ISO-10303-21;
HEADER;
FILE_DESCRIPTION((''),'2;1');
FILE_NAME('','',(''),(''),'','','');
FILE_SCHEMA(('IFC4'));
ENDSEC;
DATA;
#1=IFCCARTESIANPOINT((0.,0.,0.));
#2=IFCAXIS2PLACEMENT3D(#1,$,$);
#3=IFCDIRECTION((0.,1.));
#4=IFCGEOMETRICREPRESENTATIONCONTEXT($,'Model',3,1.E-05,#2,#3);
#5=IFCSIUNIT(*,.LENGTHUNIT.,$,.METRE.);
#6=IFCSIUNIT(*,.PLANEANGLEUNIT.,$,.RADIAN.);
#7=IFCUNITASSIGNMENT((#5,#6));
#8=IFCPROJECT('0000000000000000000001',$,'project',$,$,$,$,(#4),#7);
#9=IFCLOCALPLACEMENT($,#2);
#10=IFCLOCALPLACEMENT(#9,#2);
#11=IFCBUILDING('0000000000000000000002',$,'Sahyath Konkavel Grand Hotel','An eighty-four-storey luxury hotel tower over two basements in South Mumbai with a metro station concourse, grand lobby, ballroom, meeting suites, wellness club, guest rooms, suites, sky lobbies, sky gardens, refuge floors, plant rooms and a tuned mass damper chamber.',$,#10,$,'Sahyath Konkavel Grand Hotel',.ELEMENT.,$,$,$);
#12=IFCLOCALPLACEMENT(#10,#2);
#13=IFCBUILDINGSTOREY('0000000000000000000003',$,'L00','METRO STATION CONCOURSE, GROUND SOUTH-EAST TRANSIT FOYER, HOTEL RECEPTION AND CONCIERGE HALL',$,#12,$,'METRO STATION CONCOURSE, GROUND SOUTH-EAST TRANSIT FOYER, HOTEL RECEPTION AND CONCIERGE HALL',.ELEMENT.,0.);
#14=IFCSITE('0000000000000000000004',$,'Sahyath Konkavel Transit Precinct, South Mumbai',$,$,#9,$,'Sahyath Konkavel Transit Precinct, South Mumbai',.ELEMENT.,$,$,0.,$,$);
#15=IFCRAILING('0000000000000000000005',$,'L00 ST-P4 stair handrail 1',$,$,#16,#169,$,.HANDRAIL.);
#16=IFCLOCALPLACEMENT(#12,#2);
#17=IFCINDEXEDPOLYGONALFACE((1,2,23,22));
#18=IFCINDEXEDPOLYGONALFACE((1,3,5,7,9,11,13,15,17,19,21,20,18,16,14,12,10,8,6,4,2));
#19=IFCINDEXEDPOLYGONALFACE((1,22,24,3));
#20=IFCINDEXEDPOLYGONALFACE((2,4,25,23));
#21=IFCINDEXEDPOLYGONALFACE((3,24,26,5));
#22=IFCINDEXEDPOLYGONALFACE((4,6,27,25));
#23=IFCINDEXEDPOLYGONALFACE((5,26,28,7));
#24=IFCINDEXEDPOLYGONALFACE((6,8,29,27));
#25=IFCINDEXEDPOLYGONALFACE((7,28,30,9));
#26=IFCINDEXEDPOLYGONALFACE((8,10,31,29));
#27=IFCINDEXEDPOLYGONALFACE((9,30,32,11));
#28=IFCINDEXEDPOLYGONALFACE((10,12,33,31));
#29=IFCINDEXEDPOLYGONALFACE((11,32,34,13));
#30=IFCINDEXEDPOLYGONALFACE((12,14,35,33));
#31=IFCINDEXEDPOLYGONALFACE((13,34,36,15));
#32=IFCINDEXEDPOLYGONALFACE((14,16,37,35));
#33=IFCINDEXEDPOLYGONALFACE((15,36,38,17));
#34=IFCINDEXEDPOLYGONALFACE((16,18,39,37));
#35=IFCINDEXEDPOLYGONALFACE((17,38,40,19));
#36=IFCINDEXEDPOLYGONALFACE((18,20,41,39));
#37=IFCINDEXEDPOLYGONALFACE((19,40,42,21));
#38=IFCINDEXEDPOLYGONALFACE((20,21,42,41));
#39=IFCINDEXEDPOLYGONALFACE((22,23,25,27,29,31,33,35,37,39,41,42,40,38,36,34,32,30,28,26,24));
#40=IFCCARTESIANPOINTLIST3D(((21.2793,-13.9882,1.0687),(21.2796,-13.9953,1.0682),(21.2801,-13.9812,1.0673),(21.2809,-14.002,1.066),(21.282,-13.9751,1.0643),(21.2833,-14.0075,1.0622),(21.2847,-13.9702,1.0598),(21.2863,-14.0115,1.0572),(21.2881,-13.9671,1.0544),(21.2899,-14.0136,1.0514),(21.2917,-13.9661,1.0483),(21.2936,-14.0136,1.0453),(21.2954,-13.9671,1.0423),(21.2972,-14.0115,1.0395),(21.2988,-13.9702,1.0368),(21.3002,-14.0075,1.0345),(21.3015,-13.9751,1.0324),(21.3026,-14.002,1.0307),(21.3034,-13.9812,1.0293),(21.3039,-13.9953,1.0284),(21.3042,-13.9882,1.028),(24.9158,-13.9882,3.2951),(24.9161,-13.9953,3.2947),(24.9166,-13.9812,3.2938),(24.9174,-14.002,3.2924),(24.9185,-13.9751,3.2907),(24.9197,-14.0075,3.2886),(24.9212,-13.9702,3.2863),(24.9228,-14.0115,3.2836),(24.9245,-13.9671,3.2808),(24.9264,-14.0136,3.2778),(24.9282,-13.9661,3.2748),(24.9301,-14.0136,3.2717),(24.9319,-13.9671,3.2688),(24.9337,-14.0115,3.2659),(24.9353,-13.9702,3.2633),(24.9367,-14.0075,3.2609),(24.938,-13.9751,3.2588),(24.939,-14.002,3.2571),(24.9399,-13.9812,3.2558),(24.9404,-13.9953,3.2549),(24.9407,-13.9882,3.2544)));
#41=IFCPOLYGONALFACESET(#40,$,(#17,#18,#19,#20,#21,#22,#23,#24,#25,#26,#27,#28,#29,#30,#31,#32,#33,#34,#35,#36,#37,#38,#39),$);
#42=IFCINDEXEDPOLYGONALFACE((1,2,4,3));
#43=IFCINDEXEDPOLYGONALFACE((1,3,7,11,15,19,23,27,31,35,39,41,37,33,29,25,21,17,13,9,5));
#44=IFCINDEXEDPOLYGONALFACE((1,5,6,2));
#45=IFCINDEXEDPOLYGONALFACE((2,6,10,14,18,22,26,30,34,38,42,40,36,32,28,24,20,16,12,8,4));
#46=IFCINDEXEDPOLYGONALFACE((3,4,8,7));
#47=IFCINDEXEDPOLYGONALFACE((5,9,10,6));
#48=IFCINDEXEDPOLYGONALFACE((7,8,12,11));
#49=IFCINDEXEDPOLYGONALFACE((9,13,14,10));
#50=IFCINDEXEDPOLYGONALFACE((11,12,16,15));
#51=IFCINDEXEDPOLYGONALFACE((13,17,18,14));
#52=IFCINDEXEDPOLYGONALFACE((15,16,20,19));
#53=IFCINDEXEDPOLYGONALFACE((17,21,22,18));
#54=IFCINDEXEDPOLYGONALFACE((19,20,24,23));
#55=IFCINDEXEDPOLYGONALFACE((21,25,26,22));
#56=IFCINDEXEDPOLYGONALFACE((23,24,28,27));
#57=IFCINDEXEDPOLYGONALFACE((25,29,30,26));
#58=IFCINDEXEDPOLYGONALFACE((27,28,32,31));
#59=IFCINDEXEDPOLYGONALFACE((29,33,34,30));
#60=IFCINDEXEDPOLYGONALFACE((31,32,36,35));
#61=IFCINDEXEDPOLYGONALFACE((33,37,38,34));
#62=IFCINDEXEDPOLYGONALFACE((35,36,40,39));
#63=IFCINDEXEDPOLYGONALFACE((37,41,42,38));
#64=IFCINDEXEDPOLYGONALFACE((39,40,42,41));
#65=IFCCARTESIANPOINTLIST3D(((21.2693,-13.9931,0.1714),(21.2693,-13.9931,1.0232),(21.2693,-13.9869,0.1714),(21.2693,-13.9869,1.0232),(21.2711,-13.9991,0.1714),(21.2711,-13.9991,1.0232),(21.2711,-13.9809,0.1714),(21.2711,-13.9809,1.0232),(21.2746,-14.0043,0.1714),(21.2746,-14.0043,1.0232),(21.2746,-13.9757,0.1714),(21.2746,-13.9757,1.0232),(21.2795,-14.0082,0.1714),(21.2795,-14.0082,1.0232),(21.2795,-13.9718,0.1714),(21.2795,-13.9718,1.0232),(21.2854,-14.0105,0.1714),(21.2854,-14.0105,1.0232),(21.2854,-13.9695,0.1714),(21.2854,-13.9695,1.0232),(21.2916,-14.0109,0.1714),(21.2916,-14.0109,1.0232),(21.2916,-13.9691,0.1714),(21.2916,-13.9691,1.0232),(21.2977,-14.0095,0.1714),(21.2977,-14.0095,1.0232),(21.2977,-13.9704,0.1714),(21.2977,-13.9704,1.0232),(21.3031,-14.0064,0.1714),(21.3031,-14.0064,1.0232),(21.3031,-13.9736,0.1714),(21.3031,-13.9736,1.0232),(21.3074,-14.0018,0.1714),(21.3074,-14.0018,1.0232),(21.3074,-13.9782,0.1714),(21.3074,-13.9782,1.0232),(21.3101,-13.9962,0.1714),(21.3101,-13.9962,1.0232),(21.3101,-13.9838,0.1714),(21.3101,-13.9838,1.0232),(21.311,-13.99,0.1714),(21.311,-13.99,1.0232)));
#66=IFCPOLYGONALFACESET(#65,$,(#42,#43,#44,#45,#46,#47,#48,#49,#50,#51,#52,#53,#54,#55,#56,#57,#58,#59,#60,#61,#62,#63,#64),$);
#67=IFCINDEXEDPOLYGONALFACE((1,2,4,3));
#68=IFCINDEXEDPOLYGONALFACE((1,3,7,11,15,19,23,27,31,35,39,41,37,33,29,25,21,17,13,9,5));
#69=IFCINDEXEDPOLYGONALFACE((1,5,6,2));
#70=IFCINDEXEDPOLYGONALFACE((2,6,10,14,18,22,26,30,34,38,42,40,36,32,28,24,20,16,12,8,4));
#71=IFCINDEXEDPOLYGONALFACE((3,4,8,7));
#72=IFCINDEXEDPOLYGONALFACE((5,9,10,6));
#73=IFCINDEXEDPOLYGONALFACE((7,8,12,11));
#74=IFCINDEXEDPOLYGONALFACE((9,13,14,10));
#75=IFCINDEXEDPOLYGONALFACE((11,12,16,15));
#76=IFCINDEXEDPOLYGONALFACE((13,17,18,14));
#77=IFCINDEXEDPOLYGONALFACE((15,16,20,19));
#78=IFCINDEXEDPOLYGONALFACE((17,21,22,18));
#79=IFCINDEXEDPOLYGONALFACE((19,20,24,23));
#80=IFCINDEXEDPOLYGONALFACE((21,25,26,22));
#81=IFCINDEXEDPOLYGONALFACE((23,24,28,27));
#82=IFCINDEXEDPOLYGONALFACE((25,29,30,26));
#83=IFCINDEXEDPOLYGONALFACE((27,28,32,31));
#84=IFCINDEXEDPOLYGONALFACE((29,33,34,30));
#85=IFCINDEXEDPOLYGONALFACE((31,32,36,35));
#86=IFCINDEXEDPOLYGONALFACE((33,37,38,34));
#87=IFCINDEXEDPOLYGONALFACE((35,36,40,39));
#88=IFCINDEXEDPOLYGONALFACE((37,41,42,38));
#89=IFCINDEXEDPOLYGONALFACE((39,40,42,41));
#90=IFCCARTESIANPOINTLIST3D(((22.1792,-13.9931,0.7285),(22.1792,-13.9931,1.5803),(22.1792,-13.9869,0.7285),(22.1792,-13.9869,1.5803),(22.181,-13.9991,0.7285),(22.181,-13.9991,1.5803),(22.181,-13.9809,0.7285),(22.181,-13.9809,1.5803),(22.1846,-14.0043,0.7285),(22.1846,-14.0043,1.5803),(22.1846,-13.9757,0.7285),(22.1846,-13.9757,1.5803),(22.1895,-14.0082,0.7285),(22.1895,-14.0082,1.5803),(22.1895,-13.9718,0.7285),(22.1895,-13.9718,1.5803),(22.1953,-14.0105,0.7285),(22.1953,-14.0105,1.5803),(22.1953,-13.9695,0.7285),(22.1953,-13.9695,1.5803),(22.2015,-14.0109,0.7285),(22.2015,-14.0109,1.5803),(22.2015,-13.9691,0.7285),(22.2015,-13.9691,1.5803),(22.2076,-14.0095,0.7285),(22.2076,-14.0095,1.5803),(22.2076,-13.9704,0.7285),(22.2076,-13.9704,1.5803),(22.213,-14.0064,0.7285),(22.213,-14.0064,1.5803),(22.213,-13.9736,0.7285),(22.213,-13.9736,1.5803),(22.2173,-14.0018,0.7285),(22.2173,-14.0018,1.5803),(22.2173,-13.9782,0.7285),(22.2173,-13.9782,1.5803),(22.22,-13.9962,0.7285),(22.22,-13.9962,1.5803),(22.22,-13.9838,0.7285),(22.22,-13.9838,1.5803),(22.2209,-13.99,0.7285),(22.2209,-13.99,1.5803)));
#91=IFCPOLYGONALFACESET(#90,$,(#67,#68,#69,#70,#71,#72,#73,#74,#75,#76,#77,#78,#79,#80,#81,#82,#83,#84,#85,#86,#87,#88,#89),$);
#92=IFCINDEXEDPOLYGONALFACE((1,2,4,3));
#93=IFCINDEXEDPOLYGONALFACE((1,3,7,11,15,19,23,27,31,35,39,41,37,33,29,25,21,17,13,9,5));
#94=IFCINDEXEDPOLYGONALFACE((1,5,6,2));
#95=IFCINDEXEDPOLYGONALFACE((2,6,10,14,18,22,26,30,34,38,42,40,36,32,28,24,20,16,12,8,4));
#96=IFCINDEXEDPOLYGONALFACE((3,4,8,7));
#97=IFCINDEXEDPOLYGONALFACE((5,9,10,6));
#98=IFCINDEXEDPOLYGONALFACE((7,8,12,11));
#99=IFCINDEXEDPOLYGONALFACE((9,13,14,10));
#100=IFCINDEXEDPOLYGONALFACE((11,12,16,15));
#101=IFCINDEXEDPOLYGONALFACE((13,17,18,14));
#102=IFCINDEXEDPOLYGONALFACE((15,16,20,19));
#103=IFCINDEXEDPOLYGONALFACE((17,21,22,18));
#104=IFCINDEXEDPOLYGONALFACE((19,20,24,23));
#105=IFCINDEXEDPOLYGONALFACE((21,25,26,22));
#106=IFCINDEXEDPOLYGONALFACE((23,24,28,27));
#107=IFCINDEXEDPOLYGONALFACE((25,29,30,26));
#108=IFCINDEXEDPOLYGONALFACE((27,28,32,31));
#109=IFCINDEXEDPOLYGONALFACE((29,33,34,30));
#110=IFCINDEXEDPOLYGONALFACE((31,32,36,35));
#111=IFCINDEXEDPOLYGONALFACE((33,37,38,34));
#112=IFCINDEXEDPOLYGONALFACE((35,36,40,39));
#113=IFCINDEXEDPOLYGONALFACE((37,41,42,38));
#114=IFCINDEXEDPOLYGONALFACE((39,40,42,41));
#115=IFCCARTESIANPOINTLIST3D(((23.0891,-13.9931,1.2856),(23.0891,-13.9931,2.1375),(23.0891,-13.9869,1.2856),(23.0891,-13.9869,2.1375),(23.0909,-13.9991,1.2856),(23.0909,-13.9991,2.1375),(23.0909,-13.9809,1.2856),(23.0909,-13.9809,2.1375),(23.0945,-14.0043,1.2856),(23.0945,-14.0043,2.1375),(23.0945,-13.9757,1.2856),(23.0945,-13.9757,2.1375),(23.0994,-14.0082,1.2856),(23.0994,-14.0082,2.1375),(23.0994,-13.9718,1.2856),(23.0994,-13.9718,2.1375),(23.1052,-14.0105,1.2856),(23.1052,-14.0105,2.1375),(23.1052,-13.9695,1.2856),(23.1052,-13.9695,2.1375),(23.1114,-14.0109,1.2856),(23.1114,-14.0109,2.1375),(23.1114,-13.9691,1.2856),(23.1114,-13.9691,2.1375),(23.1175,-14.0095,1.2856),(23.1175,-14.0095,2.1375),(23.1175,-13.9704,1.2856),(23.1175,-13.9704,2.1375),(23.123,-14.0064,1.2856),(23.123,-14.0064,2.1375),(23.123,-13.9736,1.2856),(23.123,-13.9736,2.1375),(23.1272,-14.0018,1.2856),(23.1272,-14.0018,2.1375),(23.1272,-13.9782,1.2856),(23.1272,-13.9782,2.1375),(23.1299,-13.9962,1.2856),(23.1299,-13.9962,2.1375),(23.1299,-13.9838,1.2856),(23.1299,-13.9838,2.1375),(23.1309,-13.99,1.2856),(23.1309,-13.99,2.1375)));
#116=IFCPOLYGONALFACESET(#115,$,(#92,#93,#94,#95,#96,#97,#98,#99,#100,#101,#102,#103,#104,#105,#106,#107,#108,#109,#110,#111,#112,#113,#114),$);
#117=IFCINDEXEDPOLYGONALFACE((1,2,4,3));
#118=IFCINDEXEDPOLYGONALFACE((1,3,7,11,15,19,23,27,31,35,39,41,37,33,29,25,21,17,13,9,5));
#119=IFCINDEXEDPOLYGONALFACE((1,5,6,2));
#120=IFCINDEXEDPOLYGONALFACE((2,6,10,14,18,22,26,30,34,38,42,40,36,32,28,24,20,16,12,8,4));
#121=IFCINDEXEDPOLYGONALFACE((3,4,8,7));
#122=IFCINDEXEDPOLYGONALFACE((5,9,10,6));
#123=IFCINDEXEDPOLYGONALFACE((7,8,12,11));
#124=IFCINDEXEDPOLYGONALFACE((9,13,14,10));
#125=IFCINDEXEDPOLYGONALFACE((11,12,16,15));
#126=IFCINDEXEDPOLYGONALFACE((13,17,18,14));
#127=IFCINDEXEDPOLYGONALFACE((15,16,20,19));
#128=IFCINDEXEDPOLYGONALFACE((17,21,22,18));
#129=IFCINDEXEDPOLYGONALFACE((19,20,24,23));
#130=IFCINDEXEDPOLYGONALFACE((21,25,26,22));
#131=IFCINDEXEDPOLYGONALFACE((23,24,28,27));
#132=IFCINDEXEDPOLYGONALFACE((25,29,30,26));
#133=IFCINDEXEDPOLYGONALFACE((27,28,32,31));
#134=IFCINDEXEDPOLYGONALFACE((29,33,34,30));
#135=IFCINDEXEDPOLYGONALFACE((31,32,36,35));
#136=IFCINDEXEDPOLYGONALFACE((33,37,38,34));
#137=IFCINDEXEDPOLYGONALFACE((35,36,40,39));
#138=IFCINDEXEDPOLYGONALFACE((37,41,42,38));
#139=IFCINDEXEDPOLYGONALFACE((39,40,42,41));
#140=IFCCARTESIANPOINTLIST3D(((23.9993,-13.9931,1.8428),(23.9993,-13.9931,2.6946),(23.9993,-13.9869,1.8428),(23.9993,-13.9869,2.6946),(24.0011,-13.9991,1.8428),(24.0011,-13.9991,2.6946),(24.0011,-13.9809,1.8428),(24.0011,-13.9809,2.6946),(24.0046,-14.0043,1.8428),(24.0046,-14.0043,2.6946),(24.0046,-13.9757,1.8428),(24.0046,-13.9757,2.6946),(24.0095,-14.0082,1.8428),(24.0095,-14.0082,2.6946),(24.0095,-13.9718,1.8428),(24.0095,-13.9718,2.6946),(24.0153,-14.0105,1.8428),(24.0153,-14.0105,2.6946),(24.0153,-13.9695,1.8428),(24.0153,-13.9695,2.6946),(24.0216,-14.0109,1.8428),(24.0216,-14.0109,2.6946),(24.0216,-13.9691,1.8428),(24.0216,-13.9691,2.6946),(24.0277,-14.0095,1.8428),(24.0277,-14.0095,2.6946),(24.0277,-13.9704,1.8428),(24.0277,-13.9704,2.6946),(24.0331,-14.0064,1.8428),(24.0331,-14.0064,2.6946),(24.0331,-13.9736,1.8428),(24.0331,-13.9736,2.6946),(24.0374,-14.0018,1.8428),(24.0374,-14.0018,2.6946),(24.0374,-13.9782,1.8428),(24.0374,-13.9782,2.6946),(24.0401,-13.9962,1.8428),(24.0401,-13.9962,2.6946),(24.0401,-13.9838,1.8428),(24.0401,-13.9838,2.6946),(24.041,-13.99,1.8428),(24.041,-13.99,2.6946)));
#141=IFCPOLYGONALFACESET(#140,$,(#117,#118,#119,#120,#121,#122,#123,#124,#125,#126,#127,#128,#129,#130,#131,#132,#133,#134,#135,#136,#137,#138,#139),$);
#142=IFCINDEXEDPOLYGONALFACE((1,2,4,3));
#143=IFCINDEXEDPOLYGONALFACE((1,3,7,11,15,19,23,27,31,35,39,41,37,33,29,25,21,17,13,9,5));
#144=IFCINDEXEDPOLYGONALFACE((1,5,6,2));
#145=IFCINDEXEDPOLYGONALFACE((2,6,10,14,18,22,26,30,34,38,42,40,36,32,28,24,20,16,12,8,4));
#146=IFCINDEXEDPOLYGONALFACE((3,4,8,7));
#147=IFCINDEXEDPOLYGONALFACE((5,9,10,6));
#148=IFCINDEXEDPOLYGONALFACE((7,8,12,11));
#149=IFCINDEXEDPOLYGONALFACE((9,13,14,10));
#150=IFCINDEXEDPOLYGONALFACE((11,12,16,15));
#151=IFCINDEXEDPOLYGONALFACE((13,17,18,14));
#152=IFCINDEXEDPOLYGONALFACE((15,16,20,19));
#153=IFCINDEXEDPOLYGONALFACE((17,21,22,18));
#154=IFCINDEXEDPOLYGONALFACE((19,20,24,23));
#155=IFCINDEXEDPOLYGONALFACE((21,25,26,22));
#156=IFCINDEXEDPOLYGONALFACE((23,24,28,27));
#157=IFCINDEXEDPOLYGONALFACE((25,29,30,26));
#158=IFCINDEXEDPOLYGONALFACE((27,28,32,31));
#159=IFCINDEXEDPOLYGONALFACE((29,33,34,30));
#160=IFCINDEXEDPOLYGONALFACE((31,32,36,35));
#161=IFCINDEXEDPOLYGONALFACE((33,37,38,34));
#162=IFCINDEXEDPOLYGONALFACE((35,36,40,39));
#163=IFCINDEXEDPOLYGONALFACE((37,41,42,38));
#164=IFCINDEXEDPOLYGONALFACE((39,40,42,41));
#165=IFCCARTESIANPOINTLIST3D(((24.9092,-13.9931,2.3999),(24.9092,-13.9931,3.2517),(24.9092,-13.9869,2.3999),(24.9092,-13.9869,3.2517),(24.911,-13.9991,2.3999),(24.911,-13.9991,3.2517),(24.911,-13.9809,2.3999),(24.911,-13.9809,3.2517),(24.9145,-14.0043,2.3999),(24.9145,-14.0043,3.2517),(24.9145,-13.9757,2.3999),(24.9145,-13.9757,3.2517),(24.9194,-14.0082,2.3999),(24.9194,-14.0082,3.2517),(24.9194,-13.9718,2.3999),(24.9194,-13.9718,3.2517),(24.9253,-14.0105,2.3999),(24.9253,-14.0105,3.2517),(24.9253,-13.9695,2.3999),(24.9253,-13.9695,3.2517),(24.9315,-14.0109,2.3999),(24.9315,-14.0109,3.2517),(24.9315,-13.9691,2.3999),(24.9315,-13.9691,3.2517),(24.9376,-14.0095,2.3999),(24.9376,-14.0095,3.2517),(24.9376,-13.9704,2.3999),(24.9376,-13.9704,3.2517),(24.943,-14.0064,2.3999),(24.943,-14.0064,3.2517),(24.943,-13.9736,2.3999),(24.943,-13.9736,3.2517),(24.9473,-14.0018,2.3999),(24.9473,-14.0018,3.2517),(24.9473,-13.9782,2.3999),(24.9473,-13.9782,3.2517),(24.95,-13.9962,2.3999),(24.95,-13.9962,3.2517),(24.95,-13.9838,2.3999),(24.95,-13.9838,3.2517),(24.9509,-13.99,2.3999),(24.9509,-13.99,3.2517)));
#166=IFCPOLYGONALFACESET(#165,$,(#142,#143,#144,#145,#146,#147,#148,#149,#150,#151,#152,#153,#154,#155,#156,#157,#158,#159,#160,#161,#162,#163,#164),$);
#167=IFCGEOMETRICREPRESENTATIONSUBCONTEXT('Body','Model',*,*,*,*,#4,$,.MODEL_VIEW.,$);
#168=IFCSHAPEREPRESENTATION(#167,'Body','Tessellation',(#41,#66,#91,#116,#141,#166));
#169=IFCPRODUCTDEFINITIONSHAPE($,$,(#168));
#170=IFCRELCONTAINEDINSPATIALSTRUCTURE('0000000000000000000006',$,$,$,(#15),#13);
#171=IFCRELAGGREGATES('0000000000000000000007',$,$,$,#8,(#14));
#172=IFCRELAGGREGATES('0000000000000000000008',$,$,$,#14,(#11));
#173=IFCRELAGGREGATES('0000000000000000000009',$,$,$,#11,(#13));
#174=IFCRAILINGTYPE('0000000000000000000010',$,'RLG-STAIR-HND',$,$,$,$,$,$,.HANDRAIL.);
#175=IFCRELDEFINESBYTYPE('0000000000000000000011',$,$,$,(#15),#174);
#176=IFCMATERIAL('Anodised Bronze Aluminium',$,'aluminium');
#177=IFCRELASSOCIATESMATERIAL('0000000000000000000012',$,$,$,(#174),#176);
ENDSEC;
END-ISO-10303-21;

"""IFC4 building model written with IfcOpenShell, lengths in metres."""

from ifc_helpers import new_model, si_unit, direction, frame, origin, origin_2d, place, context, subcontext, project, spatial, circle, extrude, material, type_object, element, save


model = new_model("IFC4")

# Units and contexts
model_context = context("Model", 3, precision=1e-05, world=origin(), true_north=direction((0.0, 1.0)))
body_context = subcontext(model_context, "Body", "Model", "MODEL_VIEW")
ifc_project = project(units=[si_unit("LENGTHUNIT", "METRE"), si_unit("PLANEANGLEUNIT", "RADIAN")], contexts=[model_context])

# Site, building, storey
site_placement = place(None, origin())
site = spatial("IfcSite", under=ifc_project, at=site_placement, Name="Sahyath Konkavel Transit Precinct, South Mumbai", LongName="Sahyath Konkavel Transit Precinct, South Mumbai", CompositionType="ELEMENT", RefElevation=0.0)
building_placement = place(site_placement, origin())
building = spatial("IfcBuilding", under=site, at=building_placement, Name="Sahyath Konkavel Grand Hotel", Description="An eighty-four-storey luxury hotel tower over two basements in South Mumbai with a metro station concourse, grand lobby, ballroom, meeting suites, wellness club, guest rooms, suites, sky lobbies, sky gardens, refuge floors, plant rooms and a tuned mass damper chamber.", LongName="Sahyath Konkavel Grand Hotel", CompositionType="ELEMENT")
storey_placement = place(building_placement, origin())
storey = spatial("IfcBuildingStorey", under=building, at=storey_placement, Name="L00", Description="METRO STATION CONCOURSE, GROUND SOUTH-EAST TRANSIT FOYER, HOTEL RECEPTION AND CONCIERGE HALL", LongName="METRO STATION CONCOURSE, GROUND SOUTH-EAST TRANSIT FOYER, HOTEL RECEPTION AND CONCIERGE HALL", CompositionType="ELEMENT", Elevation=0.0)

# Railing
ifc_material_1 = material(Name="Anodised Bronze Aluminium", Category="aluminium")
railing_type_1 = type_object("IfcRailingType", Name="RLG-STAIR-HND", PredefinedType="HANDRAIL", material=ifc_material_1)
railing_1_placement = place(storey_placement, frame((21.29, -13.99, 0.1714)))
element("IfcRailing", 1, at=railing_1_placement, inside=storey, type_object=railing_type_1, Name="L00 ST-P4 stair handrail 1", PredefinedType="HANDRAIL", context=body_context, shape_type="SweptSolid", body=[
    extrude(circle(Radius=0.0239, at=origin_2d()), frame((0.0017, 0.0, 0.877), z_axis=(0.85285, 0.0, 0.522156), x_axis=(0.0, 1.0, 0.0)), (0.0, 0.0, 1.0), 4.2639),
    extrude(circle(Radius=0.021, at=origin_2d()), origin(), (0.0, 0.0, 1.0), 0.8518),
    extrude(circle(Radius=0.021, at=origin_2d()), frame((0.9099, 0.0, 0.5571)), (0.0, 0.0, 1.0), 0.8518),
    extrude(circle(Radius=0.021, at=origin_2d()), frame((1.8198, 0.0, 1.1143)), (0.0, 0.0, 1.0), 0.8518),
    extrude(circle(Radius=0.021, at=origin_2d()), frame((2.73, 0.0, 1.6714)), (0.0, 0.0, 1.0), 0.8518),
    extrude(circle(Radius=0.021, at=origin_2d()), frame((3.6399, 0.0, 2.2285)), (0.0, 0.0, 1.0), 0.8518),
])

save(model, "model.ifc")
